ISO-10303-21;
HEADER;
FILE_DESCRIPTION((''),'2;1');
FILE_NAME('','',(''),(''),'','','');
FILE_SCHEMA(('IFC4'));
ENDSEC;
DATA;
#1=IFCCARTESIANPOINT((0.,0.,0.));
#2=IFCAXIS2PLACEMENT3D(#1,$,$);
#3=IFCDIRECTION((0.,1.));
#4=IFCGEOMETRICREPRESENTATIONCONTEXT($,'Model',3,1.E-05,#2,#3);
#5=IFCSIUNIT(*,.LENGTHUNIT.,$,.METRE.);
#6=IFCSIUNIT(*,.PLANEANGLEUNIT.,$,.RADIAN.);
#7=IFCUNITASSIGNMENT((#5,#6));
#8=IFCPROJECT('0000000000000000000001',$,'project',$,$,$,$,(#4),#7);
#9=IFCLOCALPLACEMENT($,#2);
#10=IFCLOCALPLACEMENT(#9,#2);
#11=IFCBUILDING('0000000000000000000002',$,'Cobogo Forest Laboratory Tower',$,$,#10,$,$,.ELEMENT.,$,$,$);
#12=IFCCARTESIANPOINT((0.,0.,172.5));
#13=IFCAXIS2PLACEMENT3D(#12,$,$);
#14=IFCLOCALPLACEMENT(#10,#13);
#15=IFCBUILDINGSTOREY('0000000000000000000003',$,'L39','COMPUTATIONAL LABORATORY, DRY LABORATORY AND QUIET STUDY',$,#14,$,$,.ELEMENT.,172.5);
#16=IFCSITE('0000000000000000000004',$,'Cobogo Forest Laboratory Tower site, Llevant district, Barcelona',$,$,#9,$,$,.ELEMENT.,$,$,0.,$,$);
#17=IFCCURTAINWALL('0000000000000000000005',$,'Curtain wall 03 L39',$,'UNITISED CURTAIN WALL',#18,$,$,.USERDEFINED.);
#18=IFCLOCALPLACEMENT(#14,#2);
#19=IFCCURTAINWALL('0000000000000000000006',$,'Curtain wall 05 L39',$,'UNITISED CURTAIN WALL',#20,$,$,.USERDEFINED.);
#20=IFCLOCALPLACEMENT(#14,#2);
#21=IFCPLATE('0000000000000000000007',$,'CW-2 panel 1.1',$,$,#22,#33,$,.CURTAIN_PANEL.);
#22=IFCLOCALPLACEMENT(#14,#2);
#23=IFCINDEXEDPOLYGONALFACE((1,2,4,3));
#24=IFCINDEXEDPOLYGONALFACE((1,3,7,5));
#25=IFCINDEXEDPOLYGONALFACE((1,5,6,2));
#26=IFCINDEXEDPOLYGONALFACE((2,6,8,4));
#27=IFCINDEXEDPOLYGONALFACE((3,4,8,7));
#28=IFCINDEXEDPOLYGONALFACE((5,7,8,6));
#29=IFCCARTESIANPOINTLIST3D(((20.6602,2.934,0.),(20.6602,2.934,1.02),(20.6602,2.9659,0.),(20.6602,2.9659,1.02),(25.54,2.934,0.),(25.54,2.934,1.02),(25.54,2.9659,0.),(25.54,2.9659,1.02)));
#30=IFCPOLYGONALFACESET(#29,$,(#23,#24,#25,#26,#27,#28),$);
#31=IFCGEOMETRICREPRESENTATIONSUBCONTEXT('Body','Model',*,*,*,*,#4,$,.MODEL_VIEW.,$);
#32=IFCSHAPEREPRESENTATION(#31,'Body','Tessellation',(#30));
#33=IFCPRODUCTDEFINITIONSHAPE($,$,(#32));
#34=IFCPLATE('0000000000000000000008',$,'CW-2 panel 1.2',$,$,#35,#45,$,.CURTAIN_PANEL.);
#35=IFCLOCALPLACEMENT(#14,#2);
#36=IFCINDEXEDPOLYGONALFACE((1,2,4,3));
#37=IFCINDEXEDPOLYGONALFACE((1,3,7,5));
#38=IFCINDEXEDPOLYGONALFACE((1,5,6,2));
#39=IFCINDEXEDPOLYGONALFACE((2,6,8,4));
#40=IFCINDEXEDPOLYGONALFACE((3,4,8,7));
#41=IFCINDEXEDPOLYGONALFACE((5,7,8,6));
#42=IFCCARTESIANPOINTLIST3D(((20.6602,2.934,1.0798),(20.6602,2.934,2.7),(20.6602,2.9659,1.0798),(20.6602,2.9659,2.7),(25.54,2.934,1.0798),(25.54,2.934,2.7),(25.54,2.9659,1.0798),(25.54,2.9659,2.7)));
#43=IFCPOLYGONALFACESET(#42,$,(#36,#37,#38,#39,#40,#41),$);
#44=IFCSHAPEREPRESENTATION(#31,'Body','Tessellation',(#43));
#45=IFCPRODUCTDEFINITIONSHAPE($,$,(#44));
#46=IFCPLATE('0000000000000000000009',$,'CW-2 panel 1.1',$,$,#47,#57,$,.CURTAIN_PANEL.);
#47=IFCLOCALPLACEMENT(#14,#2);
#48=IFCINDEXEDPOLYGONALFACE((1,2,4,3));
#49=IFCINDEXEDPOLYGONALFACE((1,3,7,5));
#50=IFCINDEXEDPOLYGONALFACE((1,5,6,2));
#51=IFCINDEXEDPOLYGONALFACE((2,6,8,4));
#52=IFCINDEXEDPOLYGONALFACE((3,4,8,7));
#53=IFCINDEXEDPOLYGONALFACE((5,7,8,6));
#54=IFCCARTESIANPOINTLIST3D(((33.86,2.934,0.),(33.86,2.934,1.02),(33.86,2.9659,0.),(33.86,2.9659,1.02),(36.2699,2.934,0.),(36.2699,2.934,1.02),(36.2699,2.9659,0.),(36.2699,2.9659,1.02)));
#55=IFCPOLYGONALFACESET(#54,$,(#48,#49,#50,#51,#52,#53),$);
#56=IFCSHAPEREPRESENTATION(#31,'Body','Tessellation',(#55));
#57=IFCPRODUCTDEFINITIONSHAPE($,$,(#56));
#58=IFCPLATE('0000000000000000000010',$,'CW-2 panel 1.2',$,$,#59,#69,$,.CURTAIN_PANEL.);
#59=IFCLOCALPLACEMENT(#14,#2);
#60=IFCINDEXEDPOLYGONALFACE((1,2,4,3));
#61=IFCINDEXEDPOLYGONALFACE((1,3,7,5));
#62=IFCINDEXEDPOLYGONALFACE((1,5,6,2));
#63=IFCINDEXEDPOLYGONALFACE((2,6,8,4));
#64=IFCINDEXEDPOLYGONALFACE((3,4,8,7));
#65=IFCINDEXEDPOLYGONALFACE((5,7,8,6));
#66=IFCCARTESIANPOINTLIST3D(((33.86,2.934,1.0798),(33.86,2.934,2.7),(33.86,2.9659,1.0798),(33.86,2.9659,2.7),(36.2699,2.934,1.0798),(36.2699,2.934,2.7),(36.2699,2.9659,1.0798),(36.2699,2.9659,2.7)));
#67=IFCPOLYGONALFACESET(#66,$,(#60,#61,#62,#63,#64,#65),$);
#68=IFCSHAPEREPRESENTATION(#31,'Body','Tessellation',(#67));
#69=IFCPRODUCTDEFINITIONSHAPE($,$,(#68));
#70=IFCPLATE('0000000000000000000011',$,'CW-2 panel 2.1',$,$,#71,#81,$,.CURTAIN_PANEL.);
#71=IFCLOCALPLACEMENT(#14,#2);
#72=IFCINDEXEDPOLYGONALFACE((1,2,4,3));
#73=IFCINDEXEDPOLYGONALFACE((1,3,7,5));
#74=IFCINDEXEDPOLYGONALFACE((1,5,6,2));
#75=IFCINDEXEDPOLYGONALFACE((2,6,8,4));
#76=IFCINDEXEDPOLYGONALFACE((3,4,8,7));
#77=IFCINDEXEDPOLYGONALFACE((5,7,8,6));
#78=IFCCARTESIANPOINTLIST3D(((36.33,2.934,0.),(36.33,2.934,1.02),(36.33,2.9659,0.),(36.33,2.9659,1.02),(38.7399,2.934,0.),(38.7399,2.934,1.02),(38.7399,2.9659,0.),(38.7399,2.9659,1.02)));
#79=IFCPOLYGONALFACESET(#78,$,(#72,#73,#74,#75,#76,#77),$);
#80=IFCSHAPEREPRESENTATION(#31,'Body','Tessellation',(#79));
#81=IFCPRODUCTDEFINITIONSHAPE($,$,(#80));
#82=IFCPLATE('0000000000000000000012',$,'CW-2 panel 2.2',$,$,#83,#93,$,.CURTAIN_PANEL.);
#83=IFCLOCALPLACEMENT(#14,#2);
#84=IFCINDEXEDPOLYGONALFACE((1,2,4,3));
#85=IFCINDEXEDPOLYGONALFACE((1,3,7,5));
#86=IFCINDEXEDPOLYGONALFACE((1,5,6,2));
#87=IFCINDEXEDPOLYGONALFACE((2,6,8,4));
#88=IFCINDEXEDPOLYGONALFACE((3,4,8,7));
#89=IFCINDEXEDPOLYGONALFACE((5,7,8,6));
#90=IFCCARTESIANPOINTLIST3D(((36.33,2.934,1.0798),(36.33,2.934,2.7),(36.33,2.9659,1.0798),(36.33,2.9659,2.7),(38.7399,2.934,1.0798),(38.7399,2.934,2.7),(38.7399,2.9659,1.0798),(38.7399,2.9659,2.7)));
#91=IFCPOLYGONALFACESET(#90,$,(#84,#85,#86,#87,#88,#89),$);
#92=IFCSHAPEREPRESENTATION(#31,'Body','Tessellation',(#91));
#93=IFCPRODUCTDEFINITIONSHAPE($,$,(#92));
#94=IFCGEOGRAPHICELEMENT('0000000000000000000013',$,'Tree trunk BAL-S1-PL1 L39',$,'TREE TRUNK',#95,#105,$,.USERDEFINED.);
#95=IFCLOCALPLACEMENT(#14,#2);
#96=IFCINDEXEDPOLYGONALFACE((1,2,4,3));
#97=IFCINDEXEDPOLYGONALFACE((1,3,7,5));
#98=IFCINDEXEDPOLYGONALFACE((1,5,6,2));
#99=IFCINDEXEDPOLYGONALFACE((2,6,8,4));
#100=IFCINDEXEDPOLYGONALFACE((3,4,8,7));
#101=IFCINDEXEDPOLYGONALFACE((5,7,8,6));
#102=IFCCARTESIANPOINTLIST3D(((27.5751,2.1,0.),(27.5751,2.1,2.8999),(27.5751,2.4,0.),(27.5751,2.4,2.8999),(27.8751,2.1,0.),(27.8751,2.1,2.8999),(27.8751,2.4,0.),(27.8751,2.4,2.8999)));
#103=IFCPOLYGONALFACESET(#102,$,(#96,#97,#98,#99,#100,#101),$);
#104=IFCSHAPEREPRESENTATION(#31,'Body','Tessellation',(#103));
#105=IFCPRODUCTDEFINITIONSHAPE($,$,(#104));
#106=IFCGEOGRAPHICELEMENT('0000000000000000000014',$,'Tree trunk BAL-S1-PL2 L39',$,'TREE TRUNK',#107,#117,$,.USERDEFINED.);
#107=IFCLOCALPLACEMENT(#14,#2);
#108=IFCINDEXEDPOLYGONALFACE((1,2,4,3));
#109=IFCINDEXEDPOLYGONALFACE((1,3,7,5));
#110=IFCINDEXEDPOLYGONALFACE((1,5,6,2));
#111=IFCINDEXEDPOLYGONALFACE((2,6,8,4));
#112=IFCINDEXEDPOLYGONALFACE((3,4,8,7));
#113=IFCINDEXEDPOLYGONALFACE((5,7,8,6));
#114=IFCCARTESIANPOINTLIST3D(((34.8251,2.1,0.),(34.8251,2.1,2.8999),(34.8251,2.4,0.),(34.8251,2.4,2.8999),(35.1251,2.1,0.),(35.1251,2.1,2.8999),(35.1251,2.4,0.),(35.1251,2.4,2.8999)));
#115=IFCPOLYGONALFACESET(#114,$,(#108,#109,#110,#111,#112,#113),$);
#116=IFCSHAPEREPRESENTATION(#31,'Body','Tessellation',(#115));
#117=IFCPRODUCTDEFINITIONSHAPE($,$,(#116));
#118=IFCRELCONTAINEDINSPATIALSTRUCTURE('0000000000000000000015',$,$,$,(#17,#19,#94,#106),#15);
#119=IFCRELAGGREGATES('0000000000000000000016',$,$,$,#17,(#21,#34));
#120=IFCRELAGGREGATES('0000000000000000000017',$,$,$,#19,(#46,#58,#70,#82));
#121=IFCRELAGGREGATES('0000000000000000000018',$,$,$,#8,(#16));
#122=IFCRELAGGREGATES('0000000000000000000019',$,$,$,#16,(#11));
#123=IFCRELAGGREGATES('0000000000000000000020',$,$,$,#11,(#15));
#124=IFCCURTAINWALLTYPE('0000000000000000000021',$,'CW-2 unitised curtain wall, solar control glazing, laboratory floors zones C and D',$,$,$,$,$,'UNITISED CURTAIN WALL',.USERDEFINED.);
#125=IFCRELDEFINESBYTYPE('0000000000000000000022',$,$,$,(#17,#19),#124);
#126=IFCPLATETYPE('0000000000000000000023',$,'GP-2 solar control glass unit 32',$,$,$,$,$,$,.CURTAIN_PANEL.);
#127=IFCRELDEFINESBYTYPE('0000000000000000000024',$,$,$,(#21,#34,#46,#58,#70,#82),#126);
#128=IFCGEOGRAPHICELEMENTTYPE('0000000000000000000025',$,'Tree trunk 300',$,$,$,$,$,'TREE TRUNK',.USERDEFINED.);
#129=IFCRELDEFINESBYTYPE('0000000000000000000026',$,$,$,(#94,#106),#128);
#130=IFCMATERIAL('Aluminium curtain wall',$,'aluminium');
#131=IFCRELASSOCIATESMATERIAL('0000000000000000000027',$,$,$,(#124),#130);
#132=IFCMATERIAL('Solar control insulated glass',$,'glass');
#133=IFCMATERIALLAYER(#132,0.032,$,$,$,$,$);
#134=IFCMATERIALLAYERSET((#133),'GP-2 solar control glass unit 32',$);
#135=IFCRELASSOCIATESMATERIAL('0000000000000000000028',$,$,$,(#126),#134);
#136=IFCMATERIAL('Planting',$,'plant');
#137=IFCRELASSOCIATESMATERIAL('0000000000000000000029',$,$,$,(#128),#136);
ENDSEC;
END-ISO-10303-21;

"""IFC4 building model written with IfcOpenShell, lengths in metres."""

from ifc_helpers import new_model, si_unit, direction, frame, origin, origin_2d, place, context, subcontext, project, spatial, rectangle, extrude, material, layer, layer_set, type_object, element, aggregate, save


model = new_model("IFC4")

# Units and contexts
model_context = context("Model", 3, precision=1e-05, world=origin(), true_north=direction((0.0, 1.0)))
body_context = subcontext(model_context, "Body", "Model", "MODEL_VIEW")
ifc_project = project(units=[si_unit("LENGTHUNIT", "METRE"), si_unit("PLANEANGLEUNIT", "RADIAN")], contexts=[model_context])

# Site, building, storey
site_placement = place(None, origin())
site = spatial("IfcSite", under=ifc_project, at=site_placement, Name="Cobogo Forest Laboratory Tower site, Llevant district, Barcelona", CompositionType="ELEMENT", RefElevation=0.0)
building_placement = place(site_placement, origin())
building = spatial("IfcBuilding", under=site, at=building_placement, Name="Cobogo Forest Laboratory Tower", CompositionType="ELEMENT")
storey_placement = place(building_placement, frame((0.0, 0.0, 172.5)))
storey = spatial("IfcBuildingStorey", under=building, at=storey_placement, Name="L39", Description="COMPUTATIONAL LABORATORY, DRY LABORATORY AND QUIET STUDY", CompositionType="ELEMENT", Elevation=172.5)

# Curtain walls
ifc_material_1 = material(Name="Aluminium curtain wall", Category="aluminium")
curtain_wall_type = type_object("IfcCurtainWallType", Name="CW-2 unitised curtain wall, solar control glazing, laboratory floors zones C and D", ElementType="UNITISED CURTAIN WALL", PredefinedType="USERDEFINED", material=ifc_material_1)
curtain_wall_1_placement = place(storey_placement, origin())
curtain_wall_1 = element("IfcCurtainWall", 1, at=curtain_wall_1_placement, inside=storey, type_object=curtain_wall_type, Name="Curtain wall 03 L39", ObjectType="UNITISED CURTAIN WALL", PredefinedType="USERDEFINED")
curtain_wall_2_placement = place(storey_placement, origin())
curtain_wall_2 = element("IfcCurtainWall", 2, at=curtain_wall_2_placement, inside=storey, type_object=curtain_wall_type, Name="Curtain wall 05 L39", ObjectType="UNITISED CURTAIN WALL", PredefinedType="USERDEFINED")

# Plates
ifc_material_2 = material(Name="Solar control insulated glass", Category="glass")
ifc_layer_1 = layer(ifc_material_2, 0.032)
ifc_layer_set_1 = layer_set([ifc_layer_1], Name="GP-2 solar control glass unit 32")
plate_type_1 = type_object("IfcPlateType", Name="GP-2 solar control glass unit 32", PredefinedType="CURTAIN_PANEL", material=ifc_layer_set_1)
plate_1_placement = place(storey_placement, frame((23.1001, 2.95, 0.0), z_axis=(0.0, 0.0, 1.0), x_axis=(1.0, 0.0, 0.0)))
plate_1 = element("IfcPlate", 3, at=plate_1_placement, type_object=plate_type_1, Name="CW-2 panel 1.1", PredefinedType="CURTAIN_PANEL", context=body_context, shape_type="SweptSolid", body=[
    extrude(rectangle(XDim=4.8799, YDim=0.032, at=origin_2d()), origin(), (0.0, 0.0, 1.0), 1.02),
])
plate_2_placement = place(storey_placement, frame((23.1001, 2.95, 1.0798), z_axis=(0.0, 0.0, 1.0), x_axis=(1.0, 0.0, 0.0)))
plate_2 = element("IfcPlate", 4, at=plate_2_placement, type_object=plate_type_1, Name="CW-2 panel 1.2", PredefinedType="CURTAIN_PANEL", context=body_context, shape_type="SweptSolid", body=[
    extrude(rectangle(XDim=4.8799, YDim=0.032, at=origin_2d()), origin(), (0.0, 0.0, 1.0), 1.6201),
])
aggregate(curtain_wall_1, [plate_1, plate_2])
plate_3_placement = place(storey_placement, frame((35.0649, 2.95, 0.0), z_axis=(0.0, 0.0, 1.0), x_axis=(1.0, 0.0, 0.0)))
plate_3 = element("IfcPlate", 5, at=plate_3_placement, type_object=plate_type_1, Name="CW-2 panel 1.1", PredefinedType="CURTAIN_PANEL", context=body_context, shape_type="SweptSolid", body=[
    extrude(rectangle(XDim=2.4099, YDim=0.032, at=origin_2d()), origin(), (0.0, 0.0, 1.0), 1.02),
])
plate_4_placement = place(storey_placement, frame((35.0649, 2.95, 1.0798), z_axis=(0.0, 0.0, 1.0), x_axis=(1.0, 0.0, 0.0)))
plate_4 = element("IfcPlate", 6, at=plate_4_placement, type_object=plate_type_1, Name="CW-2 panel 1.2", PredefinedType="CURTAIN_PANEL", context=body_context, shape_type="SweptSolid", body=[
    extrude(rectangle(XDim=2.4099, YDim=0.032, at=origin_2d()), origin(), (0.0, 0.0, 1.0), 1.6201),
])
plate_5_placement = place(storey_placement, frame((37.5349, 2.95, 0.0), z_axis=(0.0, 0.0, 1.0), x_axis=(1.0, 0.0, 0.0)))
plate_5 = element("IfcPlate", 7, at=plate_5_placement, type_object=plate_type_1, Name="CW-2 panel 2.1", PredefinedType="CURTAIN_PANEL", context=body_context, shape_type="SweptSolid", body=[
    extrude(rectangle(XDim=2.4099, YDim=0.032, at=origin_2d()), origin(), (0.0, 0.0, 1.0), 1.02),
])
plate_6_placement = place(storey_placement, frame((37.5349, 2.95, 1.0798), z_axis=(0.0, 0.0, 1.0), x_axis=(1.0, 0.0, 0.0)))
plate_6 = element("IfcPlate", 8, at=plate_6_placement, type_object=plate_type_1, Name="CW-2 panel 2.2", PredefinedType="CURTAIN_PANEL", context=body_context, shape_type="SweptSolid", body=[
    extrude(rectangle(XDim=2.4099, YDim=0.032, at=origin_2d()), origin(), (0.0, 0.0, 1.0), 1.6201),
])
aggregate(curtain_wall_2, [plate_3, plate_4, plate_5, plate_6])

# Geographic elements
ifc_material_3 = material(Name="Planting", Category="plant")
geographic_element_type = type_object("IfcGeographicElementType", Name="Tree trunk 300", ElementType="TREE TRUNK", PredefinedType="USERDEFINED", material=ifc_material_3)
for number, where, z_axis, x_axis, name in (
    (9, (27.7251, 2.25, 0.0), (0.0, 0.0, 1.0), (1.0, 0.0, 0.0), "Tree trunk BAL-S1-PL1 L39"),
    (10, (34.9751, 2.25, 0.0), (0.0, 0.0, 1.0), (1.0, 0.0, 0.0), "Tree trunk BAL-S1-PL2 L39"),
):
    element("IfcGeographicElement", number, at=place(storey_placement, frame(where, z_axis=z_axis, x_axis=x_axis)), inside=storey, type_object=geographic_element_type, Name=name, ObjectType="TREE TRUNK", PredefinedType="USERDEFINED", context=body_context, shape_type="SweptSolid", body=[
        extrude(rectangle(XDim=0.3, YDim=0.3, at=origin_2d()), origin(), (0.0, 0.0, 1.0), 2.8999),
    ])

save(model, "model.ifc")
